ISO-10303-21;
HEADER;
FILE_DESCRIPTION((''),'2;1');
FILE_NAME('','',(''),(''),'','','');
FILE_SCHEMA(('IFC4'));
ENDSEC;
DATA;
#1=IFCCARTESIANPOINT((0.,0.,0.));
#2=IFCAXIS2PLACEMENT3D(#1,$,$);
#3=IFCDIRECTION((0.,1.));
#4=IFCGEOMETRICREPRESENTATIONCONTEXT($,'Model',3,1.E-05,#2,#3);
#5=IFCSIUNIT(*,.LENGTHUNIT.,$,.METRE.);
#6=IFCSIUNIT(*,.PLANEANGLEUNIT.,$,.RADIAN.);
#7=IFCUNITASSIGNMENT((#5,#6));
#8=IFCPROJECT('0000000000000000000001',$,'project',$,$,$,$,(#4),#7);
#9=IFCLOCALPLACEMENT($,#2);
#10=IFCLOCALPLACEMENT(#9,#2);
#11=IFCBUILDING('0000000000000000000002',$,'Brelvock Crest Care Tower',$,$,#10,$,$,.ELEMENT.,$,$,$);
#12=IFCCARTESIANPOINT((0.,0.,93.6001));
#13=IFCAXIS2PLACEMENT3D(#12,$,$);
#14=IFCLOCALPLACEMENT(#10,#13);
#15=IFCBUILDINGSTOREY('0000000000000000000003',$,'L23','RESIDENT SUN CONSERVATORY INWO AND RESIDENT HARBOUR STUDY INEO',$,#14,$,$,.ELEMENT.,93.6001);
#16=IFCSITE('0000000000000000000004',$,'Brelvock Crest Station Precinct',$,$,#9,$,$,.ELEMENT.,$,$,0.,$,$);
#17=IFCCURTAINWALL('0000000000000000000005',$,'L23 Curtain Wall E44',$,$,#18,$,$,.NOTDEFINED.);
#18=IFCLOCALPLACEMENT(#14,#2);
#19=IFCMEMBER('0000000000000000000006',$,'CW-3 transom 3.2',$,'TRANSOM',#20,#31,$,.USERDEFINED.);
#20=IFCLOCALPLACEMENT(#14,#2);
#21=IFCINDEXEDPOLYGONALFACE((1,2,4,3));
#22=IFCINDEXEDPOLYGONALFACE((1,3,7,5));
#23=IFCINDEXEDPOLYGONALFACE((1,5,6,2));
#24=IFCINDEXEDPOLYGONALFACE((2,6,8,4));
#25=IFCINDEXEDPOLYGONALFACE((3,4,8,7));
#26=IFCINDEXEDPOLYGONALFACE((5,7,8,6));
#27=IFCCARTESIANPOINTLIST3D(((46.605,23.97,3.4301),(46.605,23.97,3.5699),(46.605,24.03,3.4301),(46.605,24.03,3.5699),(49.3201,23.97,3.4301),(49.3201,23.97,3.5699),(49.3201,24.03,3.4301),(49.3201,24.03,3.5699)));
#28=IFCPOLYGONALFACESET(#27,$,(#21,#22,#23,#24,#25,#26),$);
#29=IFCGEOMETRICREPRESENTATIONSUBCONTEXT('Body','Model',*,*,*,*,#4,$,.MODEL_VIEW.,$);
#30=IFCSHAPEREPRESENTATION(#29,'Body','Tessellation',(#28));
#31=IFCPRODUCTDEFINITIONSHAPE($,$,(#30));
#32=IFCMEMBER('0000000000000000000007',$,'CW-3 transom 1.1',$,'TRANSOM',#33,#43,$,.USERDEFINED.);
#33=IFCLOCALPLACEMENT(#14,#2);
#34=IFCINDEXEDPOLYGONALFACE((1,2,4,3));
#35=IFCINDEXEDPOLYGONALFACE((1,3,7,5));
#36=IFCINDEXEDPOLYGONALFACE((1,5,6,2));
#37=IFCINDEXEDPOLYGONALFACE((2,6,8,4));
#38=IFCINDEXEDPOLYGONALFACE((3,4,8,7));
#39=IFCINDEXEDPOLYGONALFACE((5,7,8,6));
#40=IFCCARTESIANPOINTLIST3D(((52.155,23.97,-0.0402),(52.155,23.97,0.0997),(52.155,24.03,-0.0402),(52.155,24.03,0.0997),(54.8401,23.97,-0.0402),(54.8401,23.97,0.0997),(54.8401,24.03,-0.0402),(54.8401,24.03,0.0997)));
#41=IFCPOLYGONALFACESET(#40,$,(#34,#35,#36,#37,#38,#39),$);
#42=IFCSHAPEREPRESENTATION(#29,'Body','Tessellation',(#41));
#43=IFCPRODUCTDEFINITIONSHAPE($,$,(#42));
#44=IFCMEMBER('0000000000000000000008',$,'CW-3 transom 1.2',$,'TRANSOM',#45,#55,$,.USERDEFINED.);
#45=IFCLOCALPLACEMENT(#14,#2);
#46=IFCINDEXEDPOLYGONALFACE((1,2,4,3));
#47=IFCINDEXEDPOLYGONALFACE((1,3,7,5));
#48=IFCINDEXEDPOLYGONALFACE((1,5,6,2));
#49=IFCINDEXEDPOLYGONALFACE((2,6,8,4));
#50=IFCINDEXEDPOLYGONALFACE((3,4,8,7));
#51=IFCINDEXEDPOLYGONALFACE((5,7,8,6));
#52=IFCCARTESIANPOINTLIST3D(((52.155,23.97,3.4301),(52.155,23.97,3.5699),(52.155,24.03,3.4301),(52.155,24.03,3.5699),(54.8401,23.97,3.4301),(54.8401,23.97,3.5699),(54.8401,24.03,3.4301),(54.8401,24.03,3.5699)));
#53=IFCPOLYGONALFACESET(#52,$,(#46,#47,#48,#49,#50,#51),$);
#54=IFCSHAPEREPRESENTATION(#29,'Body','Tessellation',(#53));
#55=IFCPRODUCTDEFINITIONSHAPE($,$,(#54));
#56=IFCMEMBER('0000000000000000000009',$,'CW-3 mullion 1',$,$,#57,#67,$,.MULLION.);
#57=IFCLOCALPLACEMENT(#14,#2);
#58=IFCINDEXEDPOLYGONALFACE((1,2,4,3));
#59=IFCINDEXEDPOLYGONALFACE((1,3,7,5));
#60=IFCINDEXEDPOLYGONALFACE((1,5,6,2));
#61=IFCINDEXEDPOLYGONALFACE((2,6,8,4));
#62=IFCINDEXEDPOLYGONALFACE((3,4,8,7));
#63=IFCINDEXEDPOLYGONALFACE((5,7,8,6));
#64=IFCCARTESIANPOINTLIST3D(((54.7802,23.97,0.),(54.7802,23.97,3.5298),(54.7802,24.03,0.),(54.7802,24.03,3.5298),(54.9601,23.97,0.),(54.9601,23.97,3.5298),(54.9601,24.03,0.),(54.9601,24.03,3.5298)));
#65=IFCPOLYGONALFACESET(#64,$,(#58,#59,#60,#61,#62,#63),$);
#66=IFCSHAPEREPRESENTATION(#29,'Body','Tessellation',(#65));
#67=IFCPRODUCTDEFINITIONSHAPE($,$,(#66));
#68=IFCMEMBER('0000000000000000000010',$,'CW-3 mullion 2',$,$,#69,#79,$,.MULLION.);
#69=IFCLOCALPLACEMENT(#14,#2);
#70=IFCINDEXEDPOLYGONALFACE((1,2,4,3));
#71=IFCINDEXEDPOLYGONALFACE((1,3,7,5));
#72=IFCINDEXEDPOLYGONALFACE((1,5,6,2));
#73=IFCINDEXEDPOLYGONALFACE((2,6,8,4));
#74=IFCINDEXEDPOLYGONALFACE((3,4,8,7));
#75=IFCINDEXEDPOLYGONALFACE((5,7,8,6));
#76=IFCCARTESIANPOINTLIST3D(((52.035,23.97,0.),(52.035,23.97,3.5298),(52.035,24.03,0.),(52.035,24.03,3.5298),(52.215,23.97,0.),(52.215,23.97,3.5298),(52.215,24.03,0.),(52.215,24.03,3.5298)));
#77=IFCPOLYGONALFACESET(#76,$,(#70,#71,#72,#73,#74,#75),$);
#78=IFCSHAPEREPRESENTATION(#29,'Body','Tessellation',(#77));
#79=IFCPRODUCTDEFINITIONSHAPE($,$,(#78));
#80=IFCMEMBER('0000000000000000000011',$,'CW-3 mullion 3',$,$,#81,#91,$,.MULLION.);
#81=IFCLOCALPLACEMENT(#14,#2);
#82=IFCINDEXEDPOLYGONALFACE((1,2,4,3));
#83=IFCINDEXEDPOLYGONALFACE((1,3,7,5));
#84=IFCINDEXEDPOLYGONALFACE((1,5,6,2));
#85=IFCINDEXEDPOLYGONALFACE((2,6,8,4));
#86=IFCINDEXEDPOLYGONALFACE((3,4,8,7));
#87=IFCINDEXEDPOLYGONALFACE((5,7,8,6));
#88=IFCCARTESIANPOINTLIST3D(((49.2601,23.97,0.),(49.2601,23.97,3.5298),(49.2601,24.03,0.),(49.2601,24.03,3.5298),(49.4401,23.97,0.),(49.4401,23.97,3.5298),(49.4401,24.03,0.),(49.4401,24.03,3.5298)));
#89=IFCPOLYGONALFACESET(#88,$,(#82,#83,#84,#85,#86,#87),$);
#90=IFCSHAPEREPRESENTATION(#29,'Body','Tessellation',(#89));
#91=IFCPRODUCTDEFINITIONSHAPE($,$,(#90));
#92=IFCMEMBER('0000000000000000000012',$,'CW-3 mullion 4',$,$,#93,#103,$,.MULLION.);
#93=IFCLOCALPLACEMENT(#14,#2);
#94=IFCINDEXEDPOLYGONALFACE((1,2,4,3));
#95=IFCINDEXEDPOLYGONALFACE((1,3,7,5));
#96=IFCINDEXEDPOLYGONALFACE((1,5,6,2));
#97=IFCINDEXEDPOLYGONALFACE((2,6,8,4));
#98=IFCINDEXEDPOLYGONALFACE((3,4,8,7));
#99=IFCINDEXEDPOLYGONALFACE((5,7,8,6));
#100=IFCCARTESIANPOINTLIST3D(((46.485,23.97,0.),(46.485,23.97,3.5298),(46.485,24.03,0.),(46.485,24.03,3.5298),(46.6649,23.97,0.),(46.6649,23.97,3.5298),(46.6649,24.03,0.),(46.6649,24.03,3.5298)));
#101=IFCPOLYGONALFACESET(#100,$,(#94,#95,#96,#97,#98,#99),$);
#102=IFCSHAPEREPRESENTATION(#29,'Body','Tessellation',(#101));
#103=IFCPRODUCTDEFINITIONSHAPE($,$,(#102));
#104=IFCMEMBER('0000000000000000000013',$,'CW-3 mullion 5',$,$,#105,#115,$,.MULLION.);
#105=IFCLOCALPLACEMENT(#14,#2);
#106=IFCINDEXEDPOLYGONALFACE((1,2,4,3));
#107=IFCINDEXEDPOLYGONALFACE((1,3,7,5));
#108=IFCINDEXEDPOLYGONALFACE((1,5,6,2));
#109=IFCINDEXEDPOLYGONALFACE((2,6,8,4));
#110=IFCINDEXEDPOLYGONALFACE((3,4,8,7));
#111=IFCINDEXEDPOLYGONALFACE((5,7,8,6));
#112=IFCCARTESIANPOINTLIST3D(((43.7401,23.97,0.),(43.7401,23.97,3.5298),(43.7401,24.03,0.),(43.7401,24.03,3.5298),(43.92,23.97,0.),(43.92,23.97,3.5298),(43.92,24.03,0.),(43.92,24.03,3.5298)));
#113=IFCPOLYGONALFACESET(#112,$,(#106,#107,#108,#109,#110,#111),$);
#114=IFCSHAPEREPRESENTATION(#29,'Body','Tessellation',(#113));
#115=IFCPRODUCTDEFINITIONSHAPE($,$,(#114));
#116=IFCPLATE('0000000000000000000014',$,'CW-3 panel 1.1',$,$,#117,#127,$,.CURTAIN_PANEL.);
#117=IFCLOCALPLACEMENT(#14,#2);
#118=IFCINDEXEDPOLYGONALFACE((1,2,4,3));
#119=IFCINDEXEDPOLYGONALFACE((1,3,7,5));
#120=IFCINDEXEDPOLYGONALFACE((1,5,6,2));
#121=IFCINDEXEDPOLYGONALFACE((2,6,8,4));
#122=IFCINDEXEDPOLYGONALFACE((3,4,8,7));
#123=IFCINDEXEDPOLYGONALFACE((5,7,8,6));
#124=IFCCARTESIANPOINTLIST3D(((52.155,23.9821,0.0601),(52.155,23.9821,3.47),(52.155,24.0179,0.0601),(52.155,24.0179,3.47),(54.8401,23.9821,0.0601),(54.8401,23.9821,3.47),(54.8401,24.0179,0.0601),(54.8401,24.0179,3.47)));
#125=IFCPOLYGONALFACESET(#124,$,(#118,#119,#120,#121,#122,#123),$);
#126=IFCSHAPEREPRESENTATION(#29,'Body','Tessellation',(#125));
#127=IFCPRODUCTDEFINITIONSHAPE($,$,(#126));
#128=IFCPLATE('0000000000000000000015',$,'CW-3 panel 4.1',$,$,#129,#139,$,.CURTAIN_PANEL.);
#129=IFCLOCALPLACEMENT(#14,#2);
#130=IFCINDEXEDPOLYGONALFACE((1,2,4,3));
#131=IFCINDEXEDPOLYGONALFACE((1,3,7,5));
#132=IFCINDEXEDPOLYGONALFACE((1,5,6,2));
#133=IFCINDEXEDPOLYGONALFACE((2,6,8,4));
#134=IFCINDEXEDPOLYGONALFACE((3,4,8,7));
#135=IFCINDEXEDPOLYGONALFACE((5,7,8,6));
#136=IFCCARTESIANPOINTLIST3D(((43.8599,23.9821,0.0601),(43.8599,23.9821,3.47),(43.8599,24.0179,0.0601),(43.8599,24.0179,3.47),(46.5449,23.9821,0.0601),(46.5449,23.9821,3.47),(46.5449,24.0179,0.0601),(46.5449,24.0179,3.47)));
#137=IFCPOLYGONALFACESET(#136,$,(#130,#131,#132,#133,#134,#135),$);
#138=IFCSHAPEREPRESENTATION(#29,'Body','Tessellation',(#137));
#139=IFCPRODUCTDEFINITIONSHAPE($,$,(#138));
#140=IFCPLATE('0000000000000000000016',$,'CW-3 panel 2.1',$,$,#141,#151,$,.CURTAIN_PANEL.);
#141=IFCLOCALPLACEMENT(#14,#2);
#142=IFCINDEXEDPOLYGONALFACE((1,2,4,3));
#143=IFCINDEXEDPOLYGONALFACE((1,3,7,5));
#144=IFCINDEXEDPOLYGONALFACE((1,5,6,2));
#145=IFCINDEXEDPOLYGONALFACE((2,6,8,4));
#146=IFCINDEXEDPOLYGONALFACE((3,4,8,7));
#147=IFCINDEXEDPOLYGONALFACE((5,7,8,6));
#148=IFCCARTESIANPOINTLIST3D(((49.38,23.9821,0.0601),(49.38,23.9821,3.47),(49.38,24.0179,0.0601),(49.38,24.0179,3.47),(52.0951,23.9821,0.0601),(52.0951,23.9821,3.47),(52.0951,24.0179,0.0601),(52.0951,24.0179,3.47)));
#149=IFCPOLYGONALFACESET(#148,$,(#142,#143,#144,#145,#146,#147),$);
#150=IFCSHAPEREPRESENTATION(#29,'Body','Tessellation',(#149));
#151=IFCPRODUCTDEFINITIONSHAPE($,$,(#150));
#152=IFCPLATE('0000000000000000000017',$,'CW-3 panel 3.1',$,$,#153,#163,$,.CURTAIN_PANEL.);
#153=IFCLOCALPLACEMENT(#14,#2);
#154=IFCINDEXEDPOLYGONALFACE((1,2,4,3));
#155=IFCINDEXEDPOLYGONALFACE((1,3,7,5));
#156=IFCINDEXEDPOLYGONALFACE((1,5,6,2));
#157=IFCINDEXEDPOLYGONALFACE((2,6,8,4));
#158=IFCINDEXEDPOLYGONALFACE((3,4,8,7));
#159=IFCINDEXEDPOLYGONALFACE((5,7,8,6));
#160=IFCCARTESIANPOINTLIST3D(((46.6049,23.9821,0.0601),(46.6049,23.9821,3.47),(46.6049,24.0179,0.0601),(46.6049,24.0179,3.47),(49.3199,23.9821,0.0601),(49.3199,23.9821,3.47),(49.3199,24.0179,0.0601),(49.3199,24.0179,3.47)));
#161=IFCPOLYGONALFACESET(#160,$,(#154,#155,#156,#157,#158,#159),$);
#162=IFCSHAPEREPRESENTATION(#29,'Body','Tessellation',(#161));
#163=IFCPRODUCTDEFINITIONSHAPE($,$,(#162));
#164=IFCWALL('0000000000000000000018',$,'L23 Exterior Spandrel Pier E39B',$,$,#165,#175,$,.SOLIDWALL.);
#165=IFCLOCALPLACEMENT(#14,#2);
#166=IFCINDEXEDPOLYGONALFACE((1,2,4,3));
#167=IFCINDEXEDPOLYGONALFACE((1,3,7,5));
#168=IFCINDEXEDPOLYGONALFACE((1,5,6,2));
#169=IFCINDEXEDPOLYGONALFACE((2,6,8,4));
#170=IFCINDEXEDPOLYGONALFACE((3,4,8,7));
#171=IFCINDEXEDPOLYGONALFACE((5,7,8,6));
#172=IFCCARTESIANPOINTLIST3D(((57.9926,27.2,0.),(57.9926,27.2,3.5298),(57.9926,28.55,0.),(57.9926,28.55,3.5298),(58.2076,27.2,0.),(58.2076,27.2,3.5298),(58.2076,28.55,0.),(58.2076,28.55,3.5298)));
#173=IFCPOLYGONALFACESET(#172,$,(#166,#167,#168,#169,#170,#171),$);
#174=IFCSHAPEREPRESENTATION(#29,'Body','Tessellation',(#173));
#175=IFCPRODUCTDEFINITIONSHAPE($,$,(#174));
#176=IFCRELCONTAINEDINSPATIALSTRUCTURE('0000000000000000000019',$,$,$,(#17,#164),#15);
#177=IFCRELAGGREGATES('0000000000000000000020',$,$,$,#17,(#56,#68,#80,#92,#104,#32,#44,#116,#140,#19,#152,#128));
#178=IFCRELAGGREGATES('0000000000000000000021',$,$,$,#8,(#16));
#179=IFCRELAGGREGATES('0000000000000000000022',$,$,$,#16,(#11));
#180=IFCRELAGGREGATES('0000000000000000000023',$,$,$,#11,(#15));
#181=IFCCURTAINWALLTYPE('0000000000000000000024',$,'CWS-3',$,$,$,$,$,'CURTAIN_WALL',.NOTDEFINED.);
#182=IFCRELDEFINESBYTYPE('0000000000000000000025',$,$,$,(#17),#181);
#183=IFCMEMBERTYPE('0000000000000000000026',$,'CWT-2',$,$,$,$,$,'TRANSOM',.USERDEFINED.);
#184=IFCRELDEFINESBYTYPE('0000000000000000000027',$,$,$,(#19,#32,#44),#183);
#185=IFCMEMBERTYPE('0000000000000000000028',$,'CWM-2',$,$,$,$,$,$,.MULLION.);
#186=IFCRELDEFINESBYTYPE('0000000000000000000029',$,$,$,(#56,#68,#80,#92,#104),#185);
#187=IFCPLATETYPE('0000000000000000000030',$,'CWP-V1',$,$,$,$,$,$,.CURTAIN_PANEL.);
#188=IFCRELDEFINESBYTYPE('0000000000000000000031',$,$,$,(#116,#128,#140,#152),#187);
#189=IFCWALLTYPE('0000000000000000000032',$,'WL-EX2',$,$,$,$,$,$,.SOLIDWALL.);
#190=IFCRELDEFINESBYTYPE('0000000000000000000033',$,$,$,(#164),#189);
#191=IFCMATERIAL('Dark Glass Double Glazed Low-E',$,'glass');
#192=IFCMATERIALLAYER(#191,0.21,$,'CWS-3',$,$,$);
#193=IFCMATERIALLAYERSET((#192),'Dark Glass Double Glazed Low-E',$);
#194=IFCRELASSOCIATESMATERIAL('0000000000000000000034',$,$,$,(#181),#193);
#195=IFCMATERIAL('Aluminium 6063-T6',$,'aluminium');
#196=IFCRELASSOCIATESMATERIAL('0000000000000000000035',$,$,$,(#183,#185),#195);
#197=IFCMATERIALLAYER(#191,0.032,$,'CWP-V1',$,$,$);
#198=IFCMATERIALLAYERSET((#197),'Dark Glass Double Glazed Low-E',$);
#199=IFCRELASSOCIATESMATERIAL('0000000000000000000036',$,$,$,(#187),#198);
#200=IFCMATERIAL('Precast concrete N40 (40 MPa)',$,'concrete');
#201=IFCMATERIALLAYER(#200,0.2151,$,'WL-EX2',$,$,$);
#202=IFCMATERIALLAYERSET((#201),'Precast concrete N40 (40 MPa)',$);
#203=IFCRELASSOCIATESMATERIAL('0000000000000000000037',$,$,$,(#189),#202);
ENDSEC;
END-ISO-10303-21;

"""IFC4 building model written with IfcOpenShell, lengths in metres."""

from ifc_helpers import new_model, si_unit, direction, frame, frame_2d, origin, origin_2d, place, context, subcontext, project, spatial, rectangle, extrude, source, transform, mapped, material, layer, layer_set, material_profile, profile_set, type_object, element, aggregate, save


model = new_model("IFC4")

# Units and contexts
model_context = context("Model", 3, precision=1e-05, world=origin(), true_north=direction((0.0, 1.0)))
body_context = subcontext(model_context, "Body", "Model", "MODEL_VIEW")
ifc_project = project(units=[si_unit("LENGTHUNIT", "METRE"), si_unit("PLANEANGLEUNIT", "RADIAN")], contexts=[model_context])

# Site, building, storey
site_placement = place(None, origin())
site = spatial("IfcSite", under=ifc_project, at=site_placement, Name="Brelvock Crest Station Precinct", CompositionType="ELEMENT", RefElevation=0.0)
building_placement = place(site_placement, origin())
building = spatial("IfcBuilding", under=site, at=building_placement, Name="Brelvock Crest Care Tower", CompositionType="ELEMENT")
storey_placement = place(building_placement, frame((0.0, 0.0, 93.6001)))
storey = spatial("IfcBuildingStorey", under=building, at=storey_placement, Name="L23", Description="RESIDENT SUN CONSERVATORY INWO AND RESIDENT HARBOUR STUDY INEO", CompositionType="ELEMENT", Elevation=93.6001)

# Curtain wall, members, plates
ifc_material_1 = material(Name="Dark Glass Double Glazed Low-E", Category="glass")
ifc_layer_1 = layer(ifc_material_1, 0.21, Name="CWS-3")
ifc_layer_set_1 = layer_set([ifc_layer_1], Name="Dark Glass Double Glazed Low-E")
curtain_wall_type = type_object("IfcCurtainWallType", Name="CWS-3", ElementType="CURTAIN_WALL", PredefinedType="NOTDEFINED", material=ifc_layer_set_1)
curtain_wall_placement = place(storey_placement, origin())
curtain_wall = element("IfcCurtainWall", 1, at=curtain_wall_placement, inside=storey, type_object=curtain_wall_type, Name="L23 Curtain Wall E44", PredefinedType="NOTDEFINED")
ifc_material_2 = material(Name="Aluminium 6063-T6", Category="aluminium")
ifc_material_profile_1 = material_profile(ifc_material_2, rectangle(XDim=0.0601, YDim=0.1399, at=origin_2d()), Name="ALU60x140")
ifc_profile_set_1 = profile_set([ifc_material_profile_1], Name="Aluminium 6063-T6")
member_type_1 = type_object("IfcMemberType", Name="CWT-2", ElementType="TRANSOM", PredefinedType="USERDEFINED", material=ifc_profile_set_1)
shared_shape_1 = source(origin(), body_context, "Body", "SweptSolid", [
    extrude(rectangle(XDim=0.0601, YDim=0.1399, at=origin_2d()), origin(), (0.0, 0.0, 1.0), 2.7151),
])
member_1_placement = place(storey_placement, frame((49.3201, 24.0, 3.5), z_axis=(-1.0, 0.0, 0.0), x_axis=(0.0, -1.0, 0.0)))
member_1 = element("IfcMember", 2, at=member_1_placement, type_object=member_type_1, Name="CW-3 transom 3.2", ObjectType="TRANSOM", PredefinedType="USERDEFINED", context=body_context, shape_type="MappedRepresentation", body=[
    mapped(shared_shape_1, transform((0.0, 0.0, 0.0), x_axis=(1.0, 0.0, 0.0), y_axis=(0.0, 1.0, 0.0), z_axis=(0.0, 0.0, 1.0), scale=1.0)),
])
shared_shape_2 = source(origin(), body_context, "Body", "SweptSolid", [
    extrude(rectangle(XDim=0.0601, YDim=0.1399, at=origin_2d()), origin(), (0.0, 0.0, 1.0), 2.6851),
])
member_2_placement = place(storey_placement, frame((54.8401, 24.0, 0.0298), z_axis=(-1.0, 0.0, 0.0), x_axis=(0.0, -1.0, 0.0)))
member_2 = element("IfcMember", 3, at=member_2_placement, type_object=member_type_1, Name="CW-3 transom 1.1", ObjectType="TRANSOM", PredefinedType="USERDEFINED", context=body_context, shape_type="MappedRepresentation", body=[
    mapped(shared_shape_2, transform((0.0, 0.0, 0.0), x_axis=(1.0, 0.0, 0.0), y_axis=(0.0, 1.0, 0.0), z_axis=(0.0, 0.0, 1.0), scale=1.0)),
])
member_3_placement = place(storey_placement, frame((54.8401, 24.0, 3.5), z_axis=(-1.0, 0.0, 0.0), x_axis=(0.0, -1.0, 0.0)))
member_3 = element("IfcMember", 4, at=member_3_placement, type_object=member_type_1, Name="CW-3 transom 1.2", ObjectType="TRANSOM", PredefinedType="USERDEFINED", context=body_context, shape_type="MappedRepresentation", body=[
    mapped(shared_shape_2, transform((0.0, 0.0, 0.0), x_axis=(1.0, 0.0, 0.0), y_axis=(0.0, 1.0, 0.0), z_axis=(0.0, 0.0, 1.0), scale=1.0)),
])
ifc_material_profile_2 = material_profile(ifc_material_2, rectangle(XDim=0.0601, YDim=0.1799, at=origin_2d()), Name="ALU60x180")
ifc_profile_set_2 = profile_set([ifc_material_profile_2], Name="Aluminium 6063-T6")
member_type_2 = type_object("IfcMemberType", Name="CWM-2", PredefinedType="MULLION", material=ifc_profile_set_2)
shared_shape_3 = source(origin(), body_context, "Body", "SweptSolid", [
    extrude(rectangle(XDim=0.0601, YDim=0.1799, at=origin_2d()), origin(), (0.0, 0.0, 1.0), 3.5298),
])
member_4_placement = place(storey_placement, frame((54.8701, 24.0, 0.0), z_axis=(0.0, 0.0, 1.0), x_axis=(0.0, -1.0, 0.0)))
member_4 = element("IfcMember", 5, at=member_4_placement, type_object=member_type_2, Name="CW-3 mullion 1", PredefinedType="MULLION", context=body_context, shape_type="MappedRepresentation", body=[
    mapped(shared_shape_3, transform((0.0, 0.0, 0.0), x_axis=(1.0, 0.0, 0.0), y_axis=(0.0, 1.0, 0.0), z_axis=(0.0, 0.0, 1.0), scale=1.0)),
])
member_5_placement = place(storey_placement, frame((52.125, 24.0, 0.0), z_axis=(0.0, 0.0, 1.0), x_axis=(0.0, -1.0, 0.0)))
member_5 = element("IfcMember", 6, at=member_5_placement, type_object=member_type_2, Name="CW-3 mullion 2", PredefinedType="MULLION", context=body_context, shape_type="MappedRepresentation", body=[
    mapped(shared_shape_3, transform((0.0, 0.0, 0.0), x_axis=(1.0, 0.0, 0.0), y_axis=(0.0, 1.0, 0.0), z_axis=(0.0, 0.0, 1.0), scale=1.0)),
])
member_6_placement = place(storey_placement, frame((49.3501, 24.0, 0.0), z_axis=(0.0, 0.0, 1.0), x_axis=(0.0, -1.0, 0.0)))
member_6 = element("IfcMember", 7, at=member_6_placement, type_object=member_type_2, Name="CW-3 mullion 3", PredefinedType="MULLION", context=body_context, shape_type="MappedRepresentation", body=[
    mapped(shared_shape_3, transform((0.0, 0.0, 0.0), x_axis=(1.0, 0.0, 0.0), y_axis=(0.0, 1.0, 0.0), z_axis=(0.0, 0.0, 1.0), scale=1.0)),
])
member_7_placement = place(storey_placement, frame((46.575, 24.0, 0.0), z_axis=(0.0, 0.0, 1.0), x_axis=(0.0, -1.0, 0.0)))
member_7 = element("IfcMember", 8, at=member_7_placement, type_object=member_type_2, Name="CW-3 mullion 4", PredefinedType="MULLION", context=body_context, shape_type="MappedRepresentation", body=[
    mapped(shared_shape_3, transform((0.0, 0.0, 0.0), x_axis=(1.0, 0.0, 0.0), y_axis=(0.0, 1.0, 0.0), z_axis=(0.0, 0.0, 1.0), scale=1.0)),
])
member_8_placement = place(storey_placement, frame((43.8301, 24.0, 0.0), z_axis=(0.0, 0.0, 1.0), x_axis=(0.0, -1.0, 0.0)))
member_8 = element("IfcMember", 9, at=member_8_placement, type_object=member_type_2, Name="CW-3 mullion 5", PredefinedType="MULLION", context=body_context, shape_type="MappedRepresentation", body=[
    mapped(shared_shape_3, transform((0.0, 0.0, 0.0), x_axis=(1.0, 0.0, 0.0), y_axis=(0.0, 1.0, 0.0), z_axis=(0.0, 0.0, 1.0), scale=1.0)),
])
ifc_layer_2 = layer(ifc_material_1, 0.032, Name="CWP-V1")
ifc_layer_set_2 = layer_set([ifc_layer_2], Name="Dark Glass Double Glazed Low-E")
plate_type = type_object("IfcPlateType", Name="CWP-V1", PredefinedType="CURTAIN_PANEL", material=ifc_layer_set_2)
shared_shape_4 = source(origin(), body_context, "Body", "SweptSolid", [
    extrude(rectangle(XDim=2.6851, YDim=0.0359, at=origin_2d()), origin(), (0.0, 0.0, 1.0), 3.4099),
])
plate_1_placement = place(storey_placement, frame((53.4976, 24.0, 0.0601), z_axis=(0.0, 0.0, 1.0), x_axis=(-1.0, 0.0, 0.0)))
plate_1 = element("IfcPlate", 10, at=plate_1_placement, type_object=plate_type, Name="CW-3 panel 1.1", PredefinedType="CURTAIN_PANEL", context=body_context, shape_type="MappedRepresentation", body=[
    mapped(shared_shape_4, transform((0.0, 0.0, 0.0), x_axis=(1.0, 0.0, 0.0), y_axis=(0.0, 1.0, 0.0), z_axis=(0.0, 0.0, 1.0), scale=1.0)),
])
plate_2_placement = place(storey_placement, frame((45.2024, 24.0, 0.0601), z_axis=(0.0, 0.0, 1.0), x_axis=(-1.0, 0.0, 0.0)))
plate_2 = element("IfcPlate", 11, at=plate_2_placement, type_object=plate_type, Name="CW-3 panel 4.1", PredefinedType="CURTAIN_PANEL", context=body_context, shape_type="MappedRepresentation", body=[
    mapped(shared_shape_4, transform((0.0, 0.0, 0.0), x_axis=(1.0, 0.0, 0.0), y_axis=(0.0, 1.0, 0.0), z_axis=(0.0, 0.0, 1.0), scale=1.0)),
])
shared_shape_5 = source(origin(), body_context, "Body", "SweptSolid", [
    extrude(rectangle(XDim=2.7151, YDim=0.0359, at=origin_2d()), origin(), (0.0, 0.0, 1.0), 3.4099),
])
plate_3_placement = place(storey_placement, frame((50.7375, 24.0, 0.0601), z_axis=(0.0, 0.0, 1.0), x_axis=(-1.0, 0.0, 0.0)))
plate_3 = element("IfcPlate", 12, at=plate_3_placement, type_object=plate_type, Name="CW-3 panel 2.1", PredefinedType="CURTAIN_PANEL", context=body_context, shape_type="MappedRepresentation", body=[
    mapped(shared_shape_5, transform((0.0, 0.0, 0.0), x_axis=(1.0, 0.0, 0.0), y_axis=(0.0, 1.0, 0.0), z_axis=(0.0, 0.0, 1.0), scale=1.0)),
])
plate_4_placement = place(storey_placement, frame((47.9624, 24.0, 0.0601), z_axis=(0.0, 0.0, 1.0), x_axis=(-1.0, 0.0, 0.0)))
plate_4 = element("IfcPlate", 13, at=plate_4_placement, type_object=plate_type, Name="CW-3 panel 3.1", PredefinedType="CURTAIN_PANEL", context=body_context, shape_type="MappedRepresentation", body=[
    mapped(shared_shape_5, transform((0.0, 0.0, 0.0), x_axis=(1.0, 0.0, 0.0), y_axis=(0.0, 1.0, 0.0), z_axis=(0.0, 0.0, 1.0), scale=1.0)),
])
aggregate(curtain_wall, [member_4, member_5, member_6, member_7, member_8, member_2, member_3, plate_1, plate_3, member_1, plate_4, plate_2])

# Wall
ifc_material_3 = material(Name="Precast concrete N40 (40 MPa)", Category="concrete")
ifc_layer_3 = layer(ifc_material_3, 0.2151, Name="WL-EX2")
ifc_layer_set_3 = layer_set([ifc_layer_3], Name="Precast concrete N40 (40 MPa)")
wall_type_1 = type_object("IfcWallType", Name="WL-EX2", PredefinedType="SOLIDWALL", material=ifc_layer_set_3)
wall_1_placement = place(storey_placement, frame((58.1001, 28.55, 0.0), z_axis=(0.0, 0.0, 1.0), x_axis=(0.0, -1.0, 0.0)))
element("IfcWall", 14, at=wall_1_placement, inside=storey, type_object=wall_type_1, Name="L23 Exterior Spandrel Pier E39B", PredefinedType="SOLIDWALL", context=body_context, shape_type="SweptSolid", body=[
    extrude(rectangle(XDim=1.3501, YDim=0.2151, at=frame_2d((0.675, 0.0))), origin(), (0.0, 0.0, 1.0), 3.5298),
])

save(model, "model.ifc")
